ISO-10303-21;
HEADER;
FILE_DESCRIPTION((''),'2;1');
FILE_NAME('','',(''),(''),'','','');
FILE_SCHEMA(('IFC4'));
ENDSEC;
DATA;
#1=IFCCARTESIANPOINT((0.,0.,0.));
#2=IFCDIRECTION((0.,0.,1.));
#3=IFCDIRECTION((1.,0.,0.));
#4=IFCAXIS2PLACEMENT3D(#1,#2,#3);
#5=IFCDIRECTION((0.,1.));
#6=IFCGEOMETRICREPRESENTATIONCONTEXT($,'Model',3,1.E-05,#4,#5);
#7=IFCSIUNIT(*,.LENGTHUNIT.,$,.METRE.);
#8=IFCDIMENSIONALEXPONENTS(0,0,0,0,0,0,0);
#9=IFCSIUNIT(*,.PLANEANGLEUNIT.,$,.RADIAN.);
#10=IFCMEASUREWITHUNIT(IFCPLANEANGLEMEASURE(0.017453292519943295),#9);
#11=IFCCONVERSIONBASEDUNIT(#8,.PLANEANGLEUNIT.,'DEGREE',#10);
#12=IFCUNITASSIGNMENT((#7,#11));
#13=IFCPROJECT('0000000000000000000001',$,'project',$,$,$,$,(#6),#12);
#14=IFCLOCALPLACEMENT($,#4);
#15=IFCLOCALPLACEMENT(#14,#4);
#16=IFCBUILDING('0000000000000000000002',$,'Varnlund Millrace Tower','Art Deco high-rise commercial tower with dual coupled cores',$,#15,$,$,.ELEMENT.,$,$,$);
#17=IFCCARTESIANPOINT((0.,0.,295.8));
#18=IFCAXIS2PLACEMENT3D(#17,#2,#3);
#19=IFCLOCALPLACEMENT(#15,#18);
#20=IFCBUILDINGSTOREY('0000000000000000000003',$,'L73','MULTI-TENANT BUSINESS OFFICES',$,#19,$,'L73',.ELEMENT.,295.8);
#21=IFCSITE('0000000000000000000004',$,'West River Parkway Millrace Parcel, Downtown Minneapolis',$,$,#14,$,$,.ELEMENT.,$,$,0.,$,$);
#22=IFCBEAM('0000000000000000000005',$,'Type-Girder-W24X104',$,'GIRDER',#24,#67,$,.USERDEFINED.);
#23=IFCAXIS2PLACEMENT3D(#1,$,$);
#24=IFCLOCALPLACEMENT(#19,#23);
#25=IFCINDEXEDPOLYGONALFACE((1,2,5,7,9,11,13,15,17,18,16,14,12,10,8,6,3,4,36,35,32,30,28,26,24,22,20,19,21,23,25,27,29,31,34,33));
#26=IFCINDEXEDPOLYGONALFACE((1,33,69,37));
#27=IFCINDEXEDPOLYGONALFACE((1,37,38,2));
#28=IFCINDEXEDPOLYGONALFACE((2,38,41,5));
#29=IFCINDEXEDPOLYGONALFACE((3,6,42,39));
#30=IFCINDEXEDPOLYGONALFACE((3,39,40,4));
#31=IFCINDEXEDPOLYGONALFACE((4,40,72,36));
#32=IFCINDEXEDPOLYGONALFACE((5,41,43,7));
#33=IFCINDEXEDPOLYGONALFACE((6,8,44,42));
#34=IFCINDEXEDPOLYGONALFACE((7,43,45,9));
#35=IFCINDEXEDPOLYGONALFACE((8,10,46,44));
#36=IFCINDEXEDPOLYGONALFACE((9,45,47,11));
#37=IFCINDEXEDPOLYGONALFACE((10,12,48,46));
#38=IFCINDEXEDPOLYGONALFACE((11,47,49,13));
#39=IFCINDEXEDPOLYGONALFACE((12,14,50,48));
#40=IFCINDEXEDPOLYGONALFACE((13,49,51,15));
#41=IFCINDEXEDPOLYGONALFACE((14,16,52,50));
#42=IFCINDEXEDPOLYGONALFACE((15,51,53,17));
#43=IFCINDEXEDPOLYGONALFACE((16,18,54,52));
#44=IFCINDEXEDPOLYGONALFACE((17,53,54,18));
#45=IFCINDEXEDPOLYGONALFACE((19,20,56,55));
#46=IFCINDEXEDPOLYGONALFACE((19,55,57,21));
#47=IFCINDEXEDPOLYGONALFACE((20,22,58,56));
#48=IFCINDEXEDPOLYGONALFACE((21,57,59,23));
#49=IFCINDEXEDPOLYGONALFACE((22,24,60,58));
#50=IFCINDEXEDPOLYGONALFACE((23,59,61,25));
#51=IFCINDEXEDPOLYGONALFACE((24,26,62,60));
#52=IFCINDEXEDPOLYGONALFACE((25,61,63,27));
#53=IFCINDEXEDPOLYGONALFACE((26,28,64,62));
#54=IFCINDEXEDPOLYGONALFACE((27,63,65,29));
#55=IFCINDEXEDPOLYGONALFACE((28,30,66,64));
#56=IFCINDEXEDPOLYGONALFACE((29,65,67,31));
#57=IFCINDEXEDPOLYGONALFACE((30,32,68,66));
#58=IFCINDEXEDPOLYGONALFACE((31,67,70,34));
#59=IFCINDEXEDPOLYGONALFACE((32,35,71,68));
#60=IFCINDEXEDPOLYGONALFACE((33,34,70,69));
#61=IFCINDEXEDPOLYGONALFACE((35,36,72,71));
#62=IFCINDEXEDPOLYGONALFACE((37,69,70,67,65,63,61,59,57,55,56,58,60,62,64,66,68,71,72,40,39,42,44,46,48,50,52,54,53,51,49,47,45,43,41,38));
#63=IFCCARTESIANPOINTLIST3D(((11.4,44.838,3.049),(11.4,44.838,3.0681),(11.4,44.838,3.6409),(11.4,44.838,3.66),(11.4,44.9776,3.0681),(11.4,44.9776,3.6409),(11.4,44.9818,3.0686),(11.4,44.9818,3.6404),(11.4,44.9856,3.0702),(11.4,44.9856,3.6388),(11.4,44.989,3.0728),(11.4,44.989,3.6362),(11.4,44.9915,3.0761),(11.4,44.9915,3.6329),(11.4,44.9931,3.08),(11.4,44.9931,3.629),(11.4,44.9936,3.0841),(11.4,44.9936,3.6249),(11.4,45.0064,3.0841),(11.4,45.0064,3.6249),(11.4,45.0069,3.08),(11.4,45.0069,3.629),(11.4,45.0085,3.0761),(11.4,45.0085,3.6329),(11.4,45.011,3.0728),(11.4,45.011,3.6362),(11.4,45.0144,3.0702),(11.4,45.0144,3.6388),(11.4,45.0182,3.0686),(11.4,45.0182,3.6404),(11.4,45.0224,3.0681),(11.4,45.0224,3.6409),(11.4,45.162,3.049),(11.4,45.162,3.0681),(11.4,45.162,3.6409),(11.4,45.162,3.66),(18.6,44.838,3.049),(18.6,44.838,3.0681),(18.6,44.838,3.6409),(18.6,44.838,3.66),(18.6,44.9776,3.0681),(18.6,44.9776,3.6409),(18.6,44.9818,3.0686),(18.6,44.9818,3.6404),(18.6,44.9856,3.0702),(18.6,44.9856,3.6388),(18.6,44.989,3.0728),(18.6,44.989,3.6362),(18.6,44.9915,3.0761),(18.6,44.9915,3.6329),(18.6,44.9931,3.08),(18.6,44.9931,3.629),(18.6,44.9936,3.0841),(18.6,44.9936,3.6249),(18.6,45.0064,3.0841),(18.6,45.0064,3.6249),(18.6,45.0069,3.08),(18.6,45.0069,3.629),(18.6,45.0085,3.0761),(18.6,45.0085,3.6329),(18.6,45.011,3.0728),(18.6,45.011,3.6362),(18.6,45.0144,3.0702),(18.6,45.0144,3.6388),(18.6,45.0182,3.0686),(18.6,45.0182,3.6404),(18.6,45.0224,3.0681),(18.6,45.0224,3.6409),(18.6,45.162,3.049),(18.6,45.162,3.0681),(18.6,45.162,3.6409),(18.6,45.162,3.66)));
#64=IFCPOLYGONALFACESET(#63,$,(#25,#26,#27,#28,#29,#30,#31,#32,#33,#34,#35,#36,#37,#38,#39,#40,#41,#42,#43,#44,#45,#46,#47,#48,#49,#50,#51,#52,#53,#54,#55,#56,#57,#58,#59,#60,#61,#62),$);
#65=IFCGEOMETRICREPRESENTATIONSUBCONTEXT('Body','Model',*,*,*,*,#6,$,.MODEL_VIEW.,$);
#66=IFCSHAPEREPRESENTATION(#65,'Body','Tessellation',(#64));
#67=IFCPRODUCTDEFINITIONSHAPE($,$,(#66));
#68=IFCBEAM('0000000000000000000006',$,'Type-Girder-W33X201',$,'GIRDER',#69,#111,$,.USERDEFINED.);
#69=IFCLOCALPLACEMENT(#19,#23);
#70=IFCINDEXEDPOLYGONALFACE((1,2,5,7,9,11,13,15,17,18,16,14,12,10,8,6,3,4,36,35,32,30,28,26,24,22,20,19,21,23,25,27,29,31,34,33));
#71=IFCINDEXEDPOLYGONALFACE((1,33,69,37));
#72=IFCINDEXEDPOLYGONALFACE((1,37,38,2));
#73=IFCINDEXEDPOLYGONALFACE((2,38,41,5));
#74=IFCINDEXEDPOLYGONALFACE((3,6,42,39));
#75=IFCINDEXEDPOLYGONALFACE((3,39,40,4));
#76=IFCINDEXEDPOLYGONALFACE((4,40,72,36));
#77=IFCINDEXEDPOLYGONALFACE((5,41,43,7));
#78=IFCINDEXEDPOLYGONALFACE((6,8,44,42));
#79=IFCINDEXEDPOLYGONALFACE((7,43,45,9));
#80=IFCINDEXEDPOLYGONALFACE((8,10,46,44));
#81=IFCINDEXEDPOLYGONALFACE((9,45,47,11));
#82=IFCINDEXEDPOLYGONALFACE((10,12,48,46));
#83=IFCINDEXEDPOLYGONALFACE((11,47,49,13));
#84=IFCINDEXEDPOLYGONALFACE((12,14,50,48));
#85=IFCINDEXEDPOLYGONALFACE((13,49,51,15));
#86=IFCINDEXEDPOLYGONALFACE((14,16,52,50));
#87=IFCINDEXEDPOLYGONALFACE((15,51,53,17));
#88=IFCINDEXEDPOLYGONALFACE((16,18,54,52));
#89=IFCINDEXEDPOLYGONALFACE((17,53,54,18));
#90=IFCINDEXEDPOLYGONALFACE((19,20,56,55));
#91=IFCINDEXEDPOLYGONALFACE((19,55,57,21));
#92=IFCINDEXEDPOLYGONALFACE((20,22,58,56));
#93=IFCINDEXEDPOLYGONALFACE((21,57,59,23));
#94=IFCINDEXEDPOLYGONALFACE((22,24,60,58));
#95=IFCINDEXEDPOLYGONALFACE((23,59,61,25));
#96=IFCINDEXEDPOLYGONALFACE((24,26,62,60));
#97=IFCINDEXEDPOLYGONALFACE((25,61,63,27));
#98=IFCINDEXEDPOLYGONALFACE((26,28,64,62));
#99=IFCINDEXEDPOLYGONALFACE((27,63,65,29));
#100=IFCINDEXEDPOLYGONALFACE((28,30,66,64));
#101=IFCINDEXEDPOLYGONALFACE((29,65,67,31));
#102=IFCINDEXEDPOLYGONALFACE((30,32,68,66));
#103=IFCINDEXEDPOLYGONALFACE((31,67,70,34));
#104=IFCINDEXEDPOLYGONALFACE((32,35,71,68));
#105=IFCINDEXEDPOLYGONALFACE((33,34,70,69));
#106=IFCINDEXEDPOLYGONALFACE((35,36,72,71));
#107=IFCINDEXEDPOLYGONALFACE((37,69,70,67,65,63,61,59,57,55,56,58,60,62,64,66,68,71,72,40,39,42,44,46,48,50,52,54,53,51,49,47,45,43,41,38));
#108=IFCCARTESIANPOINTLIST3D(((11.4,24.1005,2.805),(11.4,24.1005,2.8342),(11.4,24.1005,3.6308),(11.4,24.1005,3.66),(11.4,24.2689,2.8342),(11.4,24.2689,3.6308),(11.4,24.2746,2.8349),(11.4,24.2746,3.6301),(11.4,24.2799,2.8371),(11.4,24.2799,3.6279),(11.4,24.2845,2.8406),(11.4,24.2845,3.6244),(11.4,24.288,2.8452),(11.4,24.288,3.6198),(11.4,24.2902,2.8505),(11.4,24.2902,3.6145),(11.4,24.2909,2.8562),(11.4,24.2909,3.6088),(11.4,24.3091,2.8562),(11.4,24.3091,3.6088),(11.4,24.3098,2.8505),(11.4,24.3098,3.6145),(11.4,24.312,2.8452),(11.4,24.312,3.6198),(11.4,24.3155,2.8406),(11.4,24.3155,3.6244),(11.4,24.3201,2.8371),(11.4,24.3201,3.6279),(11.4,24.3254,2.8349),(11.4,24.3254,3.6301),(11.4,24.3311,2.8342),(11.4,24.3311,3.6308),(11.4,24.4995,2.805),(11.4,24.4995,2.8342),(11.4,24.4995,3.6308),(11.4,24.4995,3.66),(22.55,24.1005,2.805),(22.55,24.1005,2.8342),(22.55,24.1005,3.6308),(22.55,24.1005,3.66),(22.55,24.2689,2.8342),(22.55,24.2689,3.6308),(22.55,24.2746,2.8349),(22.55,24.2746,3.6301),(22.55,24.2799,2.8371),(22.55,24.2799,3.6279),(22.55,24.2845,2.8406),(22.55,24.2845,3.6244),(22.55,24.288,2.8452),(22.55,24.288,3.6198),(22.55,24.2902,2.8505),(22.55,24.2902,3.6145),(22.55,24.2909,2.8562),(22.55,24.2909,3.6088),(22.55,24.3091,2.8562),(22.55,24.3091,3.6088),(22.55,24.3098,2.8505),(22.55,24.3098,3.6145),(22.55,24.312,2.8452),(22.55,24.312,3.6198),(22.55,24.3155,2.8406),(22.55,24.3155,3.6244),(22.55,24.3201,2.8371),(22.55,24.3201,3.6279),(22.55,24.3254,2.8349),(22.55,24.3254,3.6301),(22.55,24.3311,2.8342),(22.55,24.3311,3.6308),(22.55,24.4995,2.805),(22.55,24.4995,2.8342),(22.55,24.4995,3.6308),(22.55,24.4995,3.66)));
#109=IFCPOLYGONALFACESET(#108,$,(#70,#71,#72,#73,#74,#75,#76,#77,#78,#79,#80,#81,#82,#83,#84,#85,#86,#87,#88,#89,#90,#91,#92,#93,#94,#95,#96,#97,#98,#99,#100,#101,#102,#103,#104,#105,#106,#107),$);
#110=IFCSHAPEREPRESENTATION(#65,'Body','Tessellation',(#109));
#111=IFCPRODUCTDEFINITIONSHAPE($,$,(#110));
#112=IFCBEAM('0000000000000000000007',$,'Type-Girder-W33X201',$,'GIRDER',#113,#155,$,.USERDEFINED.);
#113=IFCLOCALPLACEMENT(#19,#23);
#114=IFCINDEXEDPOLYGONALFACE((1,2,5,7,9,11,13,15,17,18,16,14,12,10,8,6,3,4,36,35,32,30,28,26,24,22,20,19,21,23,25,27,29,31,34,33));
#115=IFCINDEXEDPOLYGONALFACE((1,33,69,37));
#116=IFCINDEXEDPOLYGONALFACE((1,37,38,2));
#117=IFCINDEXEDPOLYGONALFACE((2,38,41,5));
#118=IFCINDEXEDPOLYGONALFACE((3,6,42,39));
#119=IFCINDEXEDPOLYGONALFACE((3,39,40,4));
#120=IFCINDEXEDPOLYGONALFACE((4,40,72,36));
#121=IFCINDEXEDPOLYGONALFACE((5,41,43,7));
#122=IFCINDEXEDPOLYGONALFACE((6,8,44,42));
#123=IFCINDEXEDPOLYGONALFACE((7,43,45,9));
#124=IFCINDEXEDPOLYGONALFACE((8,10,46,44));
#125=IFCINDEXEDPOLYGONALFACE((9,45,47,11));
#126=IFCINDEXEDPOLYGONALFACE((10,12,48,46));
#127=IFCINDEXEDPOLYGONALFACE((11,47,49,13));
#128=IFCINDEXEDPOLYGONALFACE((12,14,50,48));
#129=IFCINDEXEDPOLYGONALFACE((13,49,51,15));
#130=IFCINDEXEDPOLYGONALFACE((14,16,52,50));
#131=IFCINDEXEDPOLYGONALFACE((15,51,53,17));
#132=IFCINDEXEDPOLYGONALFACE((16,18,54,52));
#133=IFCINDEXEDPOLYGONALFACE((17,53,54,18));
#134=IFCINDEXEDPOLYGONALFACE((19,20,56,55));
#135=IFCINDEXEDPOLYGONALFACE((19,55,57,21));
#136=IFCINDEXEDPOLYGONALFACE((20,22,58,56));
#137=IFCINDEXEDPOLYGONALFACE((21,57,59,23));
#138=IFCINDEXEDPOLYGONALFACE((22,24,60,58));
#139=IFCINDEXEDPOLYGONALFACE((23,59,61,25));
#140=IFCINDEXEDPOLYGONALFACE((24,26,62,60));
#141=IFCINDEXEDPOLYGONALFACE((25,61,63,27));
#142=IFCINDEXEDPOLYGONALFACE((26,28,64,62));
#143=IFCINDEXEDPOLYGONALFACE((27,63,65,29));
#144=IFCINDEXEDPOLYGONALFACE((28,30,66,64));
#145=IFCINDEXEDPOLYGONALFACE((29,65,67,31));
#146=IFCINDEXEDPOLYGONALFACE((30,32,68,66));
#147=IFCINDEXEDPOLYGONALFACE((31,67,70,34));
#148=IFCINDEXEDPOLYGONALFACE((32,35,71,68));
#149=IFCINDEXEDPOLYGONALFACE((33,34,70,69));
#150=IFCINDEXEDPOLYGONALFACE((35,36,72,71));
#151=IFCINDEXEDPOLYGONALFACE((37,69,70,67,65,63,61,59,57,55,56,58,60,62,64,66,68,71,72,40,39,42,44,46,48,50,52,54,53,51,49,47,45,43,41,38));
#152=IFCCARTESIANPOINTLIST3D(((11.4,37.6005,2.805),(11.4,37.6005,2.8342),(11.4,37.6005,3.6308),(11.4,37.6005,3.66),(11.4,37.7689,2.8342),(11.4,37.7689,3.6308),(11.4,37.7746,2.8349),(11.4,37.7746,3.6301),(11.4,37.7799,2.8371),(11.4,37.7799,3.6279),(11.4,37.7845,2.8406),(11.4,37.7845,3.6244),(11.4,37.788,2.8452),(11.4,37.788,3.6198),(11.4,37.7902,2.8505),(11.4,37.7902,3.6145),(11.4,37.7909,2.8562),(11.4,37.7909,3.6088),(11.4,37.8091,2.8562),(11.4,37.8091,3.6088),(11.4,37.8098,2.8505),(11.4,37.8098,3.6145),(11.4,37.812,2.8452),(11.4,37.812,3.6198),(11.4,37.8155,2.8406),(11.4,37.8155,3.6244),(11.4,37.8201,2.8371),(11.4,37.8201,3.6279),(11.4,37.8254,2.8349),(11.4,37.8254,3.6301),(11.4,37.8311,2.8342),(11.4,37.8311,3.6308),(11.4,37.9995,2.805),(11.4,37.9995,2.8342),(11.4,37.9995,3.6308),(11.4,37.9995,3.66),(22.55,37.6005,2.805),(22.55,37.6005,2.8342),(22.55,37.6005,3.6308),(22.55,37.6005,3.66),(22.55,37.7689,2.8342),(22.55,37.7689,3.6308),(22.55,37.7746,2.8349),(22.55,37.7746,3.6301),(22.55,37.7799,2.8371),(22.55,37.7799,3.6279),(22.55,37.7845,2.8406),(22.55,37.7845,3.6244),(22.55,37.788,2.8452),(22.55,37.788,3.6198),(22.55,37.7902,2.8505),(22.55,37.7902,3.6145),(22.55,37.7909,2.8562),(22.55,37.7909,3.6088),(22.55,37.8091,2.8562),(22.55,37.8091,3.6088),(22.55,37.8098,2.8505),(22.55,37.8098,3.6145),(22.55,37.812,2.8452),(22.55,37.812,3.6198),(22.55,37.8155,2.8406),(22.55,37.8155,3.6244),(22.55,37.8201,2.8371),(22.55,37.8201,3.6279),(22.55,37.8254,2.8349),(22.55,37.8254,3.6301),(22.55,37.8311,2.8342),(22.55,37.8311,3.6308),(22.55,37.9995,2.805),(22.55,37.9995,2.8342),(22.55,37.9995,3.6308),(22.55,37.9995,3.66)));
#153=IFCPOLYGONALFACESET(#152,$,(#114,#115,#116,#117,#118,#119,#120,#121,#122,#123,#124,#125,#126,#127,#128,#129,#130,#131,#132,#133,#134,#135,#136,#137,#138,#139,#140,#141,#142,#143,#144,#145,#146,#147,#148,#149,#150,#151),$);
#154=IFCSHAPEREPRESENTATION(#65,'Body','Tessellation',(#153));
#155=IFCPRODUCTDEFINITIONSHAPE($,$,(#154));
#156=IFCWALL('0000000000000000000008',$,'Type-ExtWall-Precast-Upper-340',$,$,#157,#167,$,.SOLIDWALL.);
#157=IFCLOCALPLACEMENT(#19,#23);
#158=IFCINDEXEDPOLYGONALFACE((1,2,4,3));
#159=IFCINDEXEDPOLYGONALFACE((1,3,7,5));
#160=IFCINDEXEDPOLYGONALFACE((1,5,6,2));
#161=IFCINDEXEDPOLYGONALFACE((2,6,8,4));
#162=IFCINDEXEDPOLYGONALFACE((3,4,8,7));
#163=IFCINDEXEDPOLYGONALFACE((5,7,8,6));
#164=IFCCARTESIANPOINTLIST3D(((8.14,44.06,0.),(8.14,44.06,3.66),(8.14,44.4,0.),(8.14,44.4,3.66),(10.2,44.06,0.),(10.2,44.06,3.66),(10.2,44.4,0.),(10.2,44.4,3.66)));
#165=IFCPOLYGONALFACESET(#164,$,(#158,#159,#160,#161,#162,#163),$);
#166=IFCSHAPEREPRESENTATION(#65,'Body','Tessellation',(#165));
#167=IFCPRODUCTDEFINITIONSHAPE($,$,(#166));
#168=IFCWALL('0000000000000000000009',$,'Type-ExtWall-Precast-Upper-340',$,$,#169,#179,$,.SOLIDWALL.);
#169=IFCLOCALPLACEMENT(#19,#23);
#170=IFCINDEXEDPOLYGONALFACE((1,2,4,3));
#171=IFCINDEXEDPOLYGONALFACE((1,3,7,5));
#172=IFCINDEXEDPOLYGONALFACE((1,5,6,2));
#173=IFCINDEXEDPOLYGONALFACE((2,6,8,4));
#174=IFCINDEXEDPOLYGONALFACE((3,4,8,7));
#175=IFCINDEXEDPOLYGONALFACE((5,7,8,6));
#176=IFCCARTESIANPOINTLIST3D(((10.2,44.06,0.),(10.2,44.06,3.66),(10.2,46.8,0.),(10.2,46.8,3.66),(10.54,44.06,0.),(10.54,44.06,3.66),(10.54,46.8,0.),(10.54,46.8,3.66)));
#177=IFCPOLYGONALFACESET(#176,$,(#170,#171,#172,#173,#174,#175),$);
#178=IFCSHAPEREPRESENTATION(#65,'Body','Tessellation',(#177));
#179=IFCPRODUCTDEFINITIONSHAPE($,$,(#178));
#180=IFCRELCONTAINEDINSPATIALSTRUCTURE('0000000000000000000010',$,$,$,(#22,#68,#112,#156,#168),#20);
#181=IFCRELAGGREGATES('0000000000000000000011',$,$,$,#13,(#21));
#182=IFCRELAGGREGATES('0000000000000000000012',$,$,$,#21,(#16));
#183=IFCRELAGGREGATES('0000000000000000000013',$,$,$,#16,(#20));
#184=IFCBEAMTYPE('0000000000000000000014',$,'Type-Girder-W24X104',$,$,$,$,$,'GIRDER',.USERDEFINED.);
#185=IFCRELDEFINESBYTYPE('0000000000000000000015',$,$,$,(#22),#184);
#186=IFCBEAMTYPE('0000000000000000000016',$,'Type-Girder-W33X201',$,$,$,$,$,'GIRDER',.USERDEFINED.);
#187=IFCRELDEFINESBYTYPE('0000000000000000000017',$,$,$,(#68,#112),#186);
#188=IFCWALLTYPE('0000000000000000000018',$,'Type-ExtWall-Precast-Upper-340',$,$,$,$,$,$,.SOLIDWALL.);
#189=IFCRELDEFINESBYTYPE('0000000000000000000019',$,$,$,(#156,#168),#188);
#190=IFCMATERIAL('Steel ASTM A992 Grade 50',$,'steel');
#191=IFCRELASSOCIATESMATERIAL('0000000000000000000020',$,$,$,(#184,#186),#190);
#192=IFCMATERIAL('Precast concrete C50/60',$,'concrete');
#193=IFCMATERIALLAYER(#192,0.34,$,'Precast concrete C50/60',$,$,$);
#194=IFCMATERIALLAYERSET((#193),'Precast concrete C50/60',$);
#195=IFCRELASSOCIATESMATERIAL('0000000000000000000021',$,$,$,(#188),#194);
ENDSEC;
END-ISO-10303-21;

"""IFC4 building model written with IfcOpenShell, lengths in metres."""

from ifc_helpers import new_model, entity, si_unit, converted_unit, direction, frame, origin_with_axes, origin_2d_with_axis, place, context, subcontext, project, spatial, polyline, i_section, outline, extrude, material, layer, layer_set, material_profile, profile_set, type_object, element, save


model = new_model("IFC4")

# Units and contexts
model_context = context("Model", 3, precision=1e-05, world=origin_with_axes(), true_north=direction((0.0, 1.0)))
body_context = subcontext(model_context, "Body", "Model", "MODEL_VIEW")
ifc_project = project(units=[si_unit("LENGTHUNIT", "METRE"), converted_unit("PLANEANGLEUNIT", "DEGREE", entity("IfcPlaneAngleMeasure", 0.017453292519943295), si_unit("PLANEANGLEUNIT", "RADIAN"), dimensions=[0, 0, 0, 0, 0, 0, 0])], contexts=[model_context])

# Site, building, storey
site_placement = place(None, origin_with_axes())
site = spatial("IfcSite", under=ifc_project, at=site_placement, Name="West River Parkway Millrace Parcel, Downtown Minneapolis", CompositionType="ELEMENT", RefElevation=0.0)
building_placement = place(site_placement, origin_with_axes())
building = spatial("IfcBuilding", under=site, at=building_placement, Name="Varnlund Millrace Tower", Description="Art Deco high-rise commercial tower with dual coupled cores", CompositionType="ELEMENT")
storey_placement = place(building_placement, frame((0.0, 0.0, 295.8), z_axis=(0.0, 0.0, 1.0), x_axis=(1.0, 0.0, 0.0)))
storey = spatial("IfcBuildingStorey", under=building, at=storey_placement, Name="L73", Description="MULTI-TENANT BUSINESS OFFICES", LongName="L73", CompositionType="ELEMENT", Elevation=295.8)

# Beams
ifc_material_1 = material(Name="Steel ASTM A992 Grade 50", Category="steel")
ifc_material_profile_1 = material_profile(ifc_material_1, i_section(OverallWidth=0.324, OverallDepth=0.611, WebThickness=0.0127, FlangeThickness=0.0191, FilletRadius=0.016, at=origin_2d_with_axis()), Name="Steel ASTM A992 Grade 50")
ifc_profile_set_1 = profile_set([ifc_material_profile_1], Name="Steel ASTM A992 Grade 50")
beam_type_1 = type_object("IfcBeamType", Name="Type-Girder-W24X104", ElementType="GIRDER", PredefinedType="USERDEFINED", material=ifc_profile_set_1)
for number, where, z_axis, x_axis, name in (
    (1, (11.4, 45.0, 3.3545), (1.0, 0.0, 0.0), (0.0, 1.0, 0.0), "Type-Girder-W24X104"),
):
    element("IfcBeam", number, at=place(storey_placement, frame(where, z_axis=z_axis, x_axis=x_axis)), inside=storey, type_object=beam_type_1, Name=name, ObjectType="GIRDER", PredefinedType="USERDEFINED", context=body_context, shape_type="SweptSolid", body=[
        extrude(i_section(OverallWidth=0.324, OverallDepth=0.611, WebThickness=0.0127, FlangeThickness=0.0191, FilletRadius=0.016, at=origin_2d_with_axis()), origin_with_axes(), (0.0, 0.0, 1.0), 7.2),
    ])
ifc_material_profile_2 = material_profile(ifc_material_1, i_section(OverallWidth=0.399, OverallDepth=0.855, WebThickness=0.0182, FlangeThickness=0.0292, FilletRadius=0.022, at=origin_2d_with_axis()), Name="Steel ASTM A992 Grade 50")
ifc_profile_set_2 = profile_set([ifc_material_profile_2], Name="Steel ASTM A992 Grade 50")
beam_type_2 = type_object("IfcBeamType", Name="Type-Girder-W33X201", ElementType="GIRDER", PredefinedType="USERDEFINED", material=ifc_profile_set_2)
for number, where, z_axis, x_axis, name in (
    (2, (11.4, 24.3, 3.2325), (1.0, 0.0, 0.0), (0.0, 1.0, 0.0), "Type-Girder-W33X201"),
    (3, (11.4, 37.8, 3.2325), (1.0, 0.0, 0.0), (0.0, 1.0, 0.0), "Type-Girder-W33X201"),
):
    element("IfcBeam", number, at=place(storey_placement, frame(where, z_axis=z_axis, x_axis=x_axis)), inside=storey, type_object=beam_type_2, Name=name, ObjectType="GIRDER", PredefinedType="USERDEFINED", context=body_context, shape_type="SweptSolid", body=[
        extrude(i_section(OverallWidth=0.399, OverallDepth=0.855, WebThickness=0.0182, FlangeThickness=0.0292, FilletRadius=0.022, at=origin_2d_with_axis()), origin_with_axes(), (0.0, 0.0, 1.0), 11.15),
    ])

# Walls
ifc_material_2 = material(Name="Precast concrete C50/60", Category="concrete")
ifc_layer_1 = layer(ifc_material_2, 0.34, Name="Precast concrete C50/60")
ifc_layer_set_1 = layer_set([ifc_layer_1], Name="Precast concrete C50/60")
wall_type_1 = type_object("IfcWallType", Name="Type-ExtWall-Precast-Upper-340", PredefinedType="SOLIDWALL", material=ifc_layer_set_1)
wall_1_placement = place(storey_placement, frame((8.14, 44.23, 0.0), z_axis=(0.0, 0.0, 1.0), x_axis=(1.0, 0.0, 0.0)))
element("IfcWall", 4, at=wall_1_placement, inside=storey, type_object=wall_type_1, Name="Type-ExtWall-Precast-Upper-340", PredefinedType="SOLIDWALL", context=body_context, shape_type="SweptSolid", body=[
    extrude(outline(polyline([(0.0, -0.17), (2.06, -0.17), (2.06, 0.17), (0.0, 0.17), (0.0, -0.17)])), origin_with_axes(), (0.0, 0.0, 1.0), 3.66),
])
wall_2_placement = place(storey_placement, frame((10.37, 44.06, 0.0), z_axis=(0.0, 0.0, 1.0), x_axis=(0.0, 1.0, 0.0)))
element("IfcWall", 5, at=wall_2_placement, inside=storey, type_object=wall_type_1, Name="Type-ExtWall-Precast-Upper-340", PredefinedType="SOLIDWALL", context=body_context, shape_type="SweptSolid", body=[
    extrude(outline(polyline([(0.0, -0.17), (2.74, -0.17), (2.74, 0.17), (0.0, 0.17), (0.0, -0.17)])), origin_with_axes(), (0.0, 0.0, 1.0), 3.66),
])

save(model, "model.ifc")
